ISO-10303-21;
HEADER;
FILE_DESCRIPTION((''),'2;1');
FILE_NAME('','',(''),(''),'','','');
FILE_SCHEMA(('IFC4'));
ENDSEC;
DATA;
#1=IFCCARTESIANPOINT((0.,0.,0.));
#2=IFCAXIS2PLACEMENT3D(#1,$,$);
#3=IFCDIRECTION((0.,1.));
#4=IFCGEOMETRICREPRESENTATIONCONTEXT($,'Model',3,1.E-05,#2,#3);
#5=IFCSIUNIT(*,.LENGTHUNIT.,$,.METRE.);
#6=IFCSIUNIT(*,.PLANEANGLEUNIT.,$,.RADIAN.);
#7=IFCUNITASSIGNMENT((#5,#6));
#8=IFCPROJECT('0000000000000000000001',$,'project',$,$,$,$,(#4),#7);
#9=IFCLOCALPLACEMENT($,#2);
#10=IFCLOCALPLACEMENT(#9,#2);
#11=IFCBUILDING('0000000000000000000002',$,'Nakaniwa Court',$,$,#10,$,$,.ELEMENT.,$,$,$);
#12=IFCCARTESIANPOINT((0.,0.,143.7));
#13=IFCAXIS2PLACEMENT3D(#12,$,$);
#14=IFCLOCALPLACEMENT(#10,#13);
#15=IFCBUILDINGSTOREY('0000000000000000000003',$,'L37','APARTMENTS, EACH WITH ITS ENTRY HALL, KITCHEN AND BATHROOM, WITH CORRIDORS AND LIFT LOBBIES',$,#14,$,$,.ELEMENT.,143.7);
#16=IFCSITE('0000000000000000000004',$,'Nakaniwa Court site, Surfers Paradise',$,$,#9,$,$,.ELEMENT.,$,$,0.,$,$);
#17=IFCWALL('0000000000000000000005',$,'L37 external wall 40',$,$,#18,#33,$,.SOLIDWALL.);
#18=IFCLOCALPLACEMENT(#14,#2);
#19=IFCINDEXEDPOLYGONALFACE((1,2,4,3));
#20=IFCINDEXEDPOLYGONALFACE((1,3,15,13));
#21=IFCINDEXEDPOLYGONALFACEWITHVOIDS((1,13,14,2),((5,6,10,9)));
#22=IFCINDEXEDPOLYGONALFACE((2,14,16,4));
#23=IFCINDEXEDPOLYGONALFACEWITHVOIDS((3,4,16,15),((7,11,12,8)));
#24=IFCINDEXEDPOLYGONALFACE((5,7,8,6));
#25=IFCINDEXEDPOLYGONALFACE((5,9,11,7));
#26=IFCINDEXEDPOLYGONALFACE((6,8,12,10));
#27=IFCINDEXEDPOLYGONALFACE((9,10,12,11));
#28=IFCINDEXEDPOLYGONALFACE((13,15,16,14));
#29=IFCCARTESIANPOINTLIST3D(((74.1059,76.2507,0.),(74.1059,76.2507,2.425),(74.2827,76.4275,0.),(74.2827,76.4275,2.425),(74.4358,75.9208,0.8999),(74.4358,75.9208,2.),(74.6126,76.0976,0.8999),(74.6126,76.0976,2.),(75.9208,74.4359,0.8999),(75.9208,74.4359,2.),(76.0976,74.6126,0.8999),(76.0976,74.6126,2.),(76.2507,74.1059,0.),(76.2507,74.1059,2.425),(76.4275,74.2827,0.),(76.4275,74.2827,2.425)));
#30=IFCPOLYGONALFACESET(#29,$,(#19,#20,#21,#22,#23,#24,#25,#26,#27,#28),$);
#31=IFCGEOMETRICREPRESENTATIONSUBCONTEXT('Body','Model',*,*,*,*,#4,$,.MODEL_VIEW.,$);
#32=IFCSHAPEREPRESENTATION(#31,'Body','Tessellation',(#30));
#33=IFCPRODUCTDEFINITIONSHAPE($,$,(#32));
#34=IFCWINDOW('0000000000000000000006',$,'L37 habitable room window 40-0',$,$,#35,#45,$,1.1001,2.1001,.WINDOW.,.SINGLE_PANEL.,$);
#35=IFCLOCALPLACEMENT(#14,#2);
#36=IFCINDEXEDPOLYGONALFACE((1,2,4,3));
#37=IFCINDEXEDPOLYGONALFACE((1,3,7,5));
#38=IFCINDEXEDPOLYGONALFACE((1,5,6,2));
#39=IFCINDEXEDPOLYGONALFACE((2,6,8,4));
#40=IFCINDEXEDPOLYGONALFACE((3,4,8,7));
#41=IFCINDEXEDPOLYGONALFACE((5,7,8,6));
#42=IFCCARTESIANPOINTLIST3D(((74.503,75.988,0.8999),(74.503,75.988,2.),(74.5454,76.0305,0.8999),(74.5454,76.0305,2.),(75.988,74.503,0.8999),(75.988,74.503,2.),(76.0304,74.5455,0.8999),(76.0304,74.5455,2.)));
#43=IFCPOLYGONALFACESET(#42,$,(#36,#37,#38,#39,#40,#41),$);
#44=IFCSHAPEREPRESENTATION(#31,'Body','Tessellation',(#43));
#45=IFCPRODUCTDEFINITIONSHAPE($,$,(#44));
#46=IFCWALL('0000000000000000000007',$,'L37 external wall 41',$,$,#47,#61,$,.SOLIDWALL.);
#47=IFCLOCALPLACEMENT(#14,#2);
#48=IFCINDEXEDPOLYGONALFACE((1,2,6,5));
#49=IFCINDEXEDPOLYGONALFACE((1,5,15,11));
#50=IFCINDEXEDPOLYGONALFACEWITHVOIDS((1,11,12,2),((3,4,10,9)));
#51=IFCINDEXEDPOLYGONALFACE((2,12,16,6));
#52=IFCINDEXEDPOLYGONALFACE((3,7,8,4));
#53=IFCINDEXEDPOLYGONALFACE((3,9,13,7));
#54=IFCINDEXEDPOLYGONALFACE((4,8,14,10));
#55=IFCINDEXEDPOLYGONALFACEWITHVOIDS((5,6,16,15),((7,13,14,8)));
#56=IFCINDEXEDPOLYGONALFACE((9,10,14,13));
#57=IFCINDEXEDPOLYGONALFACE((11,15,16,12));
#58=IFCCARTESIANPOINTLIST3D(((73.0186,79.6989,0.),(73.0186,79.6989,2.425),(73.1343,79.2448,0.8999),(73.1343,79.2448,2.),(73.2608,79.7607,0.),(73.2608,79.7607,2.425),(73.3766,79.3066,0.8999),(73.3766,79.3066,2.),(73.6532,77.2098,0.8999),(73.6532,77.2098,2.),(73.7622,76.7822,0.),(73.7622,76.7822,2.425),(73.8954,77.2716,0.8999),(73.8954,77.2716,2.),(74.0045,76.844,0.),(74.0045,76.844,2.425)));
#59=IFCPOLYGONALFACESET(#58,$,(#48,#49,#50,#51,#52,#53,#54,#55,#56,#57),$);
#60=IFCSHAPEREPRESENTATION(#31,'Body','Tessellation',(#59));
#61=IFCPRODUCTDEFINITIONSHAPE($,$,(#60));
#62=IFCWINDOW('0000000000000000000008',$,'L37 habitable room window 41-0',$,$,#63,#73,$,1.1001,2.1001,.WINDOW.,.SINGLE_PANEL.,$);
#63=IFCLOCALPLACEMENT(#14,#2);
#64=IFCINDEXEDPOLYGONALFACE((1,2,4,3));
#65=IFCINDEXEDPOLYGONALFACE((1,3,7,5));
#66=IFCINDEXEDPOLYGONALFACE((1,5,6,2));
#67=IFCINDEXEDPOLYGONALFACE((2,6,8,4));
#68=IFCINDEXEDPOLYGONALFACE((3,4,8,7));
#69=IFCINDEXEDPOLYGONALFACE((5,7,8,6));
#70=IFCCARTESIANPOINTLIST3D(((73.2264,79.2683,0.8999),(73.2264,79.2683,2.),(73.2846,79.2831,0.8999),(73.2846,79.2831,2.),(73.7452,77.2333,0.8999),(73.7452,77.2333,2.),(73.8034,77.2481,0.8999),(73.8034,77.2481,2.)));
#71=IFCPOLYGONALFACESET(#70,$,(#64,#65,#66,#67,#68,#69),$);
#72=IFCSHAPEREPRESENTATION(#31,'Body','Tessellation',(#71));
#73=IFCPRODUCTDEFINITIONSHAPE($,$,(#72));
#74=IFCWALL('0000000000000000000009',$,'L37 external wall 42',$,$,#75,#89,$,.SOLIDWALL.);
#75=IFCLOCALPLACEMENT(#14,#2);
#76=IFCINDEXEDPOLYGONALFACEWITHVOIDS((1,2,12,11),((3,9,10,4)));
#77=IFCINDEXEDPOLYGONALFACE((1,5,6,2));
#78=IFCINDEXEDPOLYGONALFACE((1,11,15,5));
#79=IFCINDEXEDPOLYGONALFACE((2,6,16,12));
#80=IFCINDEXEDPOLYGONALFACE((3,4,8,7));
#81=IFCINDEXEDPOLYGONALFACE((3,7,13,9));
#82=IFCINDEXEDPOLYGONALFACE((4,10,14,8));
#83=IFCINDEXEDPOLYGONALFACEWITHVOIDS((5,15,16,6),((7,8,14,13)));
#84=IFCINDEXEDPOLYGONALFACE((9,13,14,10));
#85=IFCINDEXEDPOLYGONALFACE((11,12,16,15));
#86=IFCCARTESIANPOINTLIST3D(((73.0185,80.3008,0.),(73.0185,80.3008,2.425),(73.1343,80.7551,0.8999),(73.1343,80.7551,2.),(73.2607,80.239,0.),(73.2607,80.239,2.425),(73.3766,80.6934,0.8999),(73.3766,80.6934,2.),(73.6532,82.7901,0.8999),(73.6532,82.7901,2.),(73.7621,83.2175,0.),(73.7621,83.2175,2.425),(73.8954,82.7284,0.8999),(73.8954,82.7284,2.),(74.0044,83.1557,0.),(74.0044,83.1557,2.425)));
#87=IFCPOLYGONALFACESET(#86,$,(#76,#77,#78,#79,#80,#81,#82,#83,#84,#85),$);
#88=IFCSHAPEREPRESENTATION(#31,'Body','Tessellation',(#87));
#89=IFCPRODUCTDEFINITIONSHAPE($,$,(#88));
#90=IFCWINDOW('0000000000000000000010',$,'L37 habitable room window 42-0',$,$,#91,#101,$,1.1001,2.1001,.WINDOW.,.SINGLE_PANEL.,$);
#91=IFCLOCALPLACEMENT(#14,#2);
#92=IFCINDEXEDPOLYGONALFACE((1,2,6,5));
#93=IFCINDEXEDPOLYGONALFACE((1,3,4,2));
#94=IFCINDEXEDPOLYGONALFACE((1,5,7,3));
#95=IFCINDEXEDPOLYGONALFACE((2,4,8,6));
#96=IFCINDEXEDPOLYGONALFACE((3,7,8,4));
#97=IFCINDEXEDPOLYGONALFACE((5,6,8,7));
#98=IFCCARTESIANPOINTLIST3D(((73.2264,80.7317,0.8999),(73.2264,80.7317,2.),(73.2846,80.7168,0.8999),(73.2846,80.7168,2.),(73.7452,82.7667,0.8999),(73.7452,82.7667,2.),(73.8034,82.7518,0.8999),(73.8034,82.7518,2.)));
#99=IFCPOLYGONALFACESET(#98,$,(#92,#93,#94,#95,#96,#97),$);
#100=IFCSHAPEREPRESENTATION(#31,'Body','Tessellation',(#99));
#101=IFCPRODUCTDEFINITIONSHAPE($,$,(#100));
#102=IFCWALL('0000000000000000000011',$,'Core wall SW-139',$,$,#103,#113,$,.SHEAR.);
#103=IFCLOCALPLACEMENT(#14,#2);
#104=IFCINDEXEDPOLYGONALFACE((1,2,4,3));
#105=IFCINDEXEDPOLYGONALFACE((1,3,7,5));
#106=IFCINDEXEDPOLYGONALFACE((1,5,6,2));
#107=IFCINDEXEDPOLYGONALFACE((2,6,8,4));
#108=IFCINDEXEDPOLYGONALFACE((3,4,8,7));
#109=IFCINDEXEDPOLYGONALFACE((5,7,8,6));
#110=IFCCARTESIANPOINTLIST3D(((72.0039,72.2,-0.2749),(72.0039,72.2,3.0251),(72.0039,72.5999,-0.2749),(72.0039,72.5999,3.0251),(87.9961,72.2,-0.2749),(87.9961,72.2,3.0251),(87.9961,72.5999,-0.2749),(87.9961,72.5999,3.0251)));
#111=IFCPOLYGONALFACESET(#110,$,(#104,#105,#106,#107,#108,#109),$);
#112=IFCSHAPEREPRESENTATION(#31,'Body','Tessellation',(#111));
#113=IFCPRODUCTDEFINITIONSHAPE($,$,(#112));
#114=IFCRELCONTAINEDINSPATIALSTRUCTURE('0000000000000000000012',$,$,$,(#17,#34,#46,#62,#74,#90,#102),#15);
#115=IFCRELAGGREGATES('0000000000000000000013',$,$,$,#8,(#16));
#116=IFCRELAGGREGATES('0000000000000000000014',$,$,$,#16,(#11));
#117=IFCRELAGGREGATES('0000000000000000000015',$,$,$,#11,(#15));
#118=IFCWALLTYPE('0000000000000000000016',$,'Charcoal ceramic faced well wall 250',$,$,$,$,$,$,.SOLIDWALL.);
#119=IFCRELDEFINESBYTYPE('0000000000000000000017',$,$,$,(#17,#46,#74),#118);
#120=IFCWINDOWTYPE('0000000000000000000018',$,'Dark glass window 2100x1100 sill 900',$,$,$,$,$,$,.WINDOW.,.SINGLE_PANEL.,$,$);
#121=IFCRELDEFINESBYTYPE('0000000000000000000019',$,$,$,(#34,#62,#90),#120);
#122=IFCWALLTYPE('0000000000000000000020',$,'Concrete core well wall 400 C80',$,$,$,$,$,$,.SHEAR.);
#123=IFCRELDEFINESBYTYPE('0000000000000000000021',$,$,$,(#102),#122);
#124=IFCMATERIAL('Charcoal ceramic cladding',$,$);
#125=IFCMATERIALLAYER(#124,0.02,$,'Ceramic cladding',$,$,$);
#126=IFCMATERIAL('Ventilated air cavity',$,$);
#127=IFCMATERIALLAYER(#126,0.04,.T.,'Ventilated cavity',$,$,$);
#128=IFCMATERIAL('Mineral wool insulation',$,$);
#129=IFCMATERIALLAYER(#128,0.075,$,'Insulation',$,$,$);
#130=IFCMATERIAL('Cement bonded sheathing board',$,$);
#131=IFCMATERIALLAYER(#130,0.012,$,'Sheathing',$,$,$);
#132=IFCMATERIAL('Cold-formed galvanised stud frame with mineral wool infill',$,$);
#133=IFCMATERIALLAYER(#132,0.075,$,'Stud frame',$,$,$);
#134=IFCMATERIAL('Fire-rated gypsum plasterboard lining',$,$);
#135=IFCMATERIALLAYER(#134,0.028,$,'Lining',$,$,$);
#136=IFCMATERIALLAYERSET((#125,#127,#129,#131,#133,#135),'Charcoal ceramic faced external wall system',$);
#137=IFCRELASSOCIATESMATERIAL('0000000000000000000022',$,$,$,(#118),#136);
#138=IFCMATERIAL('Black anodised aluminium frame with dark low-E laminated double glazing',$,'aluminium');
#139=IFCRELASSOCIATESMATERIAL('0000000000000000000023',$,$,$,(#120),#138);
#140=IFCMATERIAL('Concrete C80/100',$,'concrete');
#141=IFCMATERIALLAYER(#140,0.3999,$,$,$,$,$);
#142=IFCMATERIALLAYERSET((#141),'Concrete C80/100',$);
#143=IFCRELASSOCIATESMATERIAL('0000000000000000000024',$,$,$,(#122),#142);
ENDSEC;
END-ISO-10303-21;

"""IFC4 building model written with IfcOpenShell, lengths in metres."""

from ifc_helpers import new_model, si_unit, direction, frame, frame_2d, origin, place, context, subcontext, project, spatial, rectangle, extrude, material, layer, layer_set, type_object, element, fill, save


model = new_model("IFC4")

# Units and contexts
model_context = context("Model", 3, precision=1e-05, world=origin(), true_north=direction((0.0, 1.0)))
body_context = subcontext(model_context, "Body", "Model", "MODEL_VIEW")
ifc_project = project(units=[si_unit("LENGTHUNIT", "METRE"), si_unit("PLANEANGLEUNIT", "RADIAN")], contexts=[model_context])

# Site, building, storey
site_placement = place(None, origin())
site = spatial("IfcSite", under=ifc_project, at=site_placement, Name="Nakaniwa Court site, Surfers Paradise", CompositionType="ELEMENT", RefElevation=0.0)
building_placement = place(site_placement, origin())
building = spatial("IfcBuilding", under=site, at=building_placement, Name="Nakaniwa Court", CompositionType="ELEMENT")
storey_placement = place(building_placement, frame((0.0, 0.0, 143.7)))
storey = spatial("IfcBuildingStorey", under=building, at=storey_placement, Name="L37", Description="APARTMENTS, EACH WITH ITS ENTRY HALL, KITCHEN AND BATHROOM, WITH CORRIDORS AND LIFT LOBBIES", CompositionType="ELEMENT", Elevation=143.7)

# Shared definitions
ifc_material_1 = material(Name="Concrete C80/100", Category="concrete")

# Walls, openings, windows
ifc_material_2 = material(Name="Charcoal ceramic cladding")
ifc_layer_1 = layer(ifc_material_2, 0.02, Name="Ceramic cladding")
ifc_material_3 = material(Name="Ventilated air cavity")
ifc_layer_2 = layer(ifc_material_3, 0.04, ventilated=True, Name="Ventilated cavity")
ifc_material_4 = material(Name="Mineral wool insulation")
ifc_layer_3 = layer(ifc_material_4, 0.075, Name="Insulation")
ifc_material_5 = material(Name="Cement bonded sheathing board")
ifc_layer_4 = layer(ifc_material_5, 0.012, Name="Sheathing")
ifc_material_6 = material(Name="Cold-formed galvanised stud frame with mineral wool infill")
ifc_layer_5 = layer(ifc_material_6, 0.075, Name="Stud frame")
ifc_material_7 = material(Name="Fire-rated gypsum plasterboard lining")
ifc_layer_6 = layer(ifc_material_7, 0.028, Name="Lining")
ifc_layer_set_1 = layer_set([ifc_layer_1, ifc_layer_2, ifc_layer_3, ifc_layer_4, ifc_layer_5, ifc_layer_6], Name="Charcoal ceramic faced external wall system")
wall_type_1 = type_object("IfcWallType", Name="Charcoal ceramic faced well wall 250", PredefinedType="SOLIDWALL", material=ifc_layer_set_1)
wall_1_placement = place(storey_placement, frame((76.3391, 74.1943, 0.0), z_axis=(0.0, 0.0, 1.0), x_axis=(-0.707107, 0.707107, 0.0)))
wall_1 = element("IfcWall", 1, at=wall_1_placement, inside=storey, type_object=wall_type_1, Name="L37 external wall 40", PredefinedType="SOLIDWALL", context=body_context, shape_type="SweptSolid", body=[
    extrude(rectangle(XDim=3.0332, YDim=0.25, at=frame_2d((1.5166, 0.0))), origin(), (0.0, 0.0, 1.0), 2.425),
])
opening_1_placement = place(wall_1_placement, frame((0.4666, 0.0, 0.8999)))
opening_1 = element("IfcOpeningElement", 2, at=opening_1_placement, cuts=wall_1, PredefinedType="OPENING", context=body_context, shape_type="SweptSolid", body=[
    extrude(rectangle(XDim=2.1001, YDim=1.1001, at=frame_2d((1.05, 0.55))), frame((0.0, 0.135, 0.0), z_axis=(0.0, -1.0, 0.0), x_axis=(1.0, 0.0, 0.0)), (0.0, 0.0, 1.0), 0.27),
])
ifc_material_8 = material(Name="Black anodised aluminium frame with dark low-E laminated double glazing", Category="aluminium")
window_type = type_object("IfcWindowType", Name="Dark glass window 2100x1100 sill 900", PartitioningType="SINGLE_PANEL", PredefinedType="WINDOW", material=ifc_material_8)
window_1_placement = place(opening_1_placement, origin())
window_1 = element("IfcWindow", 3, at=window_1_placement, inside=storey, type_object=window_type, Name="L37 habitable room window 40-0", OverallHeight=1.1001, OverallWidth=2.1001, PartitioningType="SINGLE_PANEL", PredefinedType="WINDOW", context=body_context, shape_type="SweptSolid", body=[
    extrude(rectangle(XDim=2.1001, YDim=1.1001, at=frame_2d((1.05, 0.55))), frame((0.0, 0.03, 0.0), z_axis=(0.0, -1.0, 0.0), x_axis=(1.0, 0.0, 0.0)), (0.0, 0.0, 1.0), 0.0601),
])
fill(opening_1, window_1)
wall_2_placement = place(storey_placement, frame((73.8833, 76.8132, 0.0), z_axis=(0.0, 0.0, 1.0), x_axis=(-0.247056, 0.969001, 0.0)))
wall_2 = element("IfcWall", 4, at=wall_2_placement, inside=storey, type_object=wall_type_1, Name="L37 external wall 41", PredefinedType="SOLIDWALL", context=body_context, shape_type="SweptSolid", body=[
    extrude(rectangle(XDim=3.01, YDim=0.25, at=frame_2d((1.5049, 0.0))), origin(), (0.0, 0.0, 1.0), 2.425),
])
opening_2_placement = place(wall_2_placement, frame((0.4412, 0.0, 0.8999)))
opening_2 = element("IfcOpeningElement", 5, at=opening_2_placement, cuts=wall_2, PredefinedType="OPENING", context=body_context, shape_type="SweptSolid", body=[
    extrude(rectangle(XDim=2.1001, YDim=1.1001, at=frame_2d((1.05, 0.55))), frame((0.0, 0.135, 0.0), z_axis=(0.0, -1.0, 0.0), x_axis=(1.0, 0.0, 0.0)), (0.0, 0.0, 1.0), 0.27),
])
window_2_placement = place(opening_2_placement, origin())
window_2 = element("IfcWindow", 6, at=window_2_placement, inside=storey, type_object=window_type, Name="L37 habitable room window 41-0", OverallHeight=1.1001, OverallWidth=2.1001, PartitioningType="SINGLE_PANEL", PredefinedType="WINDOW", context=body_context, shape_type="SweptSolid", body=[
    extrude(rectangle(XDim=2.1001, YDim=1.1001, at=frame_2d((1.05, 0.55))), frame((0.0, 0.03, 0.0), z_axis=(0.0, -1.0, 0.0), x_axis=(1.0, 0.0, 0.0)), (0.0, 0.0, 1.0), 0.0601),
])
fill(opening_2, window_2)
wall_3_placement = place(storey_placement, frame((73.1396, 80.27, 0.0), z_axis=(0.0, 0.0, 1.0), x_axis=(0.247056, 0.969001, 0.0)))
wall_3 = element("IfcWall", 7, at=wall_3_placement, inside=storey, type_object=wall_type_1, Name="L37 external wall 42", PredefinedType="SOLIDWALL", context=body_context, shape_type="SweptSolid", body=[
    extrude(rectangle(XDim=3.01, YDim=0.25, at=frame_2d((1.5049, 0.0))), origin(), (0.0, 0.0, 1.0), 2.425),
])
opening_3_placement = place(wall_3_placement, frame((0.4688, 0.0, 0.8999)))
opening_3 = element("IfcOpeningElement", 8, at=opening_3_placement, cuts=wall_3, PredefinedType="OPENING", context=body_context, shape_type="SweptSolid", body=[
    extrude(rectangle(XDim=2.1001, YDim=1.1001, at=frame_2d((1.05, 0.55))), frame((0.0, 0.135, 0.0), z_axis=(0.0, -1.0, 0.0), x_axis=(1.0, 0.0, 0.0)), (0.0, 0.0, 1.0), 0.27),
])
window_3_placement = place(opening_3_placement, origin())
window_3 = element("IfcWindow", 9, at=window_3_placement, inside=storey, type_object=window_type, Name="L37 habitable room window 42-0", OverallHeight=1.1001, OverallWidth=2.1001, PartitioningType="SINGLE_PANEL", PredefinedType="WINDOW", context=body_context, shape_type="SweptSolid", body=[
    extrude(rectangle(XDim=2.1001, YDim=1.1001, at=frame_2d((1.05, 0.55))), frame((0.0, 0.03, 0.0), z_axis=(0.0, -1.0, 0.0), x_axis=(1.0, 0.0, 0.0)), (0.0, 0.0, 1.0), 0.0601),
])
fill(opening_3, window_3)

# Wall
ifc_layer_7 = layer(ifc_material_1, 0.3999)
ifc_layer_set_2 = layer_set([ifc_layer_7], Name="Concrete C80/100")
wall_type_2 = type_object("IfcWallType", Name="Concrete core well wall 400 C80", PredefinedType="SHEAR", material=ifc_layer_set_2)
wall_4_placement = place(storey_placement, frame((72.0039, 72.3999, -0.2749), z_axis=(0.0, 0.0, 1.0), x_axis=(1.0, 0.0, 0.0)))
element("IfcWall", 10, at=wall_4_placement, inside=storey, type_object=wall_type_2, Name="Core wall SW-139", PredefinedType="SHEAR", context=body_context, shape_type="SweptSolid", body=[
    extrude(rectangle(XDim=15.9922, YDim=0.3999, at=frame_2d((7.9961, 0.0))), origin(), (0.0, 0.0, 1.0), 3.3),
])

save(model, "model.ifc")
